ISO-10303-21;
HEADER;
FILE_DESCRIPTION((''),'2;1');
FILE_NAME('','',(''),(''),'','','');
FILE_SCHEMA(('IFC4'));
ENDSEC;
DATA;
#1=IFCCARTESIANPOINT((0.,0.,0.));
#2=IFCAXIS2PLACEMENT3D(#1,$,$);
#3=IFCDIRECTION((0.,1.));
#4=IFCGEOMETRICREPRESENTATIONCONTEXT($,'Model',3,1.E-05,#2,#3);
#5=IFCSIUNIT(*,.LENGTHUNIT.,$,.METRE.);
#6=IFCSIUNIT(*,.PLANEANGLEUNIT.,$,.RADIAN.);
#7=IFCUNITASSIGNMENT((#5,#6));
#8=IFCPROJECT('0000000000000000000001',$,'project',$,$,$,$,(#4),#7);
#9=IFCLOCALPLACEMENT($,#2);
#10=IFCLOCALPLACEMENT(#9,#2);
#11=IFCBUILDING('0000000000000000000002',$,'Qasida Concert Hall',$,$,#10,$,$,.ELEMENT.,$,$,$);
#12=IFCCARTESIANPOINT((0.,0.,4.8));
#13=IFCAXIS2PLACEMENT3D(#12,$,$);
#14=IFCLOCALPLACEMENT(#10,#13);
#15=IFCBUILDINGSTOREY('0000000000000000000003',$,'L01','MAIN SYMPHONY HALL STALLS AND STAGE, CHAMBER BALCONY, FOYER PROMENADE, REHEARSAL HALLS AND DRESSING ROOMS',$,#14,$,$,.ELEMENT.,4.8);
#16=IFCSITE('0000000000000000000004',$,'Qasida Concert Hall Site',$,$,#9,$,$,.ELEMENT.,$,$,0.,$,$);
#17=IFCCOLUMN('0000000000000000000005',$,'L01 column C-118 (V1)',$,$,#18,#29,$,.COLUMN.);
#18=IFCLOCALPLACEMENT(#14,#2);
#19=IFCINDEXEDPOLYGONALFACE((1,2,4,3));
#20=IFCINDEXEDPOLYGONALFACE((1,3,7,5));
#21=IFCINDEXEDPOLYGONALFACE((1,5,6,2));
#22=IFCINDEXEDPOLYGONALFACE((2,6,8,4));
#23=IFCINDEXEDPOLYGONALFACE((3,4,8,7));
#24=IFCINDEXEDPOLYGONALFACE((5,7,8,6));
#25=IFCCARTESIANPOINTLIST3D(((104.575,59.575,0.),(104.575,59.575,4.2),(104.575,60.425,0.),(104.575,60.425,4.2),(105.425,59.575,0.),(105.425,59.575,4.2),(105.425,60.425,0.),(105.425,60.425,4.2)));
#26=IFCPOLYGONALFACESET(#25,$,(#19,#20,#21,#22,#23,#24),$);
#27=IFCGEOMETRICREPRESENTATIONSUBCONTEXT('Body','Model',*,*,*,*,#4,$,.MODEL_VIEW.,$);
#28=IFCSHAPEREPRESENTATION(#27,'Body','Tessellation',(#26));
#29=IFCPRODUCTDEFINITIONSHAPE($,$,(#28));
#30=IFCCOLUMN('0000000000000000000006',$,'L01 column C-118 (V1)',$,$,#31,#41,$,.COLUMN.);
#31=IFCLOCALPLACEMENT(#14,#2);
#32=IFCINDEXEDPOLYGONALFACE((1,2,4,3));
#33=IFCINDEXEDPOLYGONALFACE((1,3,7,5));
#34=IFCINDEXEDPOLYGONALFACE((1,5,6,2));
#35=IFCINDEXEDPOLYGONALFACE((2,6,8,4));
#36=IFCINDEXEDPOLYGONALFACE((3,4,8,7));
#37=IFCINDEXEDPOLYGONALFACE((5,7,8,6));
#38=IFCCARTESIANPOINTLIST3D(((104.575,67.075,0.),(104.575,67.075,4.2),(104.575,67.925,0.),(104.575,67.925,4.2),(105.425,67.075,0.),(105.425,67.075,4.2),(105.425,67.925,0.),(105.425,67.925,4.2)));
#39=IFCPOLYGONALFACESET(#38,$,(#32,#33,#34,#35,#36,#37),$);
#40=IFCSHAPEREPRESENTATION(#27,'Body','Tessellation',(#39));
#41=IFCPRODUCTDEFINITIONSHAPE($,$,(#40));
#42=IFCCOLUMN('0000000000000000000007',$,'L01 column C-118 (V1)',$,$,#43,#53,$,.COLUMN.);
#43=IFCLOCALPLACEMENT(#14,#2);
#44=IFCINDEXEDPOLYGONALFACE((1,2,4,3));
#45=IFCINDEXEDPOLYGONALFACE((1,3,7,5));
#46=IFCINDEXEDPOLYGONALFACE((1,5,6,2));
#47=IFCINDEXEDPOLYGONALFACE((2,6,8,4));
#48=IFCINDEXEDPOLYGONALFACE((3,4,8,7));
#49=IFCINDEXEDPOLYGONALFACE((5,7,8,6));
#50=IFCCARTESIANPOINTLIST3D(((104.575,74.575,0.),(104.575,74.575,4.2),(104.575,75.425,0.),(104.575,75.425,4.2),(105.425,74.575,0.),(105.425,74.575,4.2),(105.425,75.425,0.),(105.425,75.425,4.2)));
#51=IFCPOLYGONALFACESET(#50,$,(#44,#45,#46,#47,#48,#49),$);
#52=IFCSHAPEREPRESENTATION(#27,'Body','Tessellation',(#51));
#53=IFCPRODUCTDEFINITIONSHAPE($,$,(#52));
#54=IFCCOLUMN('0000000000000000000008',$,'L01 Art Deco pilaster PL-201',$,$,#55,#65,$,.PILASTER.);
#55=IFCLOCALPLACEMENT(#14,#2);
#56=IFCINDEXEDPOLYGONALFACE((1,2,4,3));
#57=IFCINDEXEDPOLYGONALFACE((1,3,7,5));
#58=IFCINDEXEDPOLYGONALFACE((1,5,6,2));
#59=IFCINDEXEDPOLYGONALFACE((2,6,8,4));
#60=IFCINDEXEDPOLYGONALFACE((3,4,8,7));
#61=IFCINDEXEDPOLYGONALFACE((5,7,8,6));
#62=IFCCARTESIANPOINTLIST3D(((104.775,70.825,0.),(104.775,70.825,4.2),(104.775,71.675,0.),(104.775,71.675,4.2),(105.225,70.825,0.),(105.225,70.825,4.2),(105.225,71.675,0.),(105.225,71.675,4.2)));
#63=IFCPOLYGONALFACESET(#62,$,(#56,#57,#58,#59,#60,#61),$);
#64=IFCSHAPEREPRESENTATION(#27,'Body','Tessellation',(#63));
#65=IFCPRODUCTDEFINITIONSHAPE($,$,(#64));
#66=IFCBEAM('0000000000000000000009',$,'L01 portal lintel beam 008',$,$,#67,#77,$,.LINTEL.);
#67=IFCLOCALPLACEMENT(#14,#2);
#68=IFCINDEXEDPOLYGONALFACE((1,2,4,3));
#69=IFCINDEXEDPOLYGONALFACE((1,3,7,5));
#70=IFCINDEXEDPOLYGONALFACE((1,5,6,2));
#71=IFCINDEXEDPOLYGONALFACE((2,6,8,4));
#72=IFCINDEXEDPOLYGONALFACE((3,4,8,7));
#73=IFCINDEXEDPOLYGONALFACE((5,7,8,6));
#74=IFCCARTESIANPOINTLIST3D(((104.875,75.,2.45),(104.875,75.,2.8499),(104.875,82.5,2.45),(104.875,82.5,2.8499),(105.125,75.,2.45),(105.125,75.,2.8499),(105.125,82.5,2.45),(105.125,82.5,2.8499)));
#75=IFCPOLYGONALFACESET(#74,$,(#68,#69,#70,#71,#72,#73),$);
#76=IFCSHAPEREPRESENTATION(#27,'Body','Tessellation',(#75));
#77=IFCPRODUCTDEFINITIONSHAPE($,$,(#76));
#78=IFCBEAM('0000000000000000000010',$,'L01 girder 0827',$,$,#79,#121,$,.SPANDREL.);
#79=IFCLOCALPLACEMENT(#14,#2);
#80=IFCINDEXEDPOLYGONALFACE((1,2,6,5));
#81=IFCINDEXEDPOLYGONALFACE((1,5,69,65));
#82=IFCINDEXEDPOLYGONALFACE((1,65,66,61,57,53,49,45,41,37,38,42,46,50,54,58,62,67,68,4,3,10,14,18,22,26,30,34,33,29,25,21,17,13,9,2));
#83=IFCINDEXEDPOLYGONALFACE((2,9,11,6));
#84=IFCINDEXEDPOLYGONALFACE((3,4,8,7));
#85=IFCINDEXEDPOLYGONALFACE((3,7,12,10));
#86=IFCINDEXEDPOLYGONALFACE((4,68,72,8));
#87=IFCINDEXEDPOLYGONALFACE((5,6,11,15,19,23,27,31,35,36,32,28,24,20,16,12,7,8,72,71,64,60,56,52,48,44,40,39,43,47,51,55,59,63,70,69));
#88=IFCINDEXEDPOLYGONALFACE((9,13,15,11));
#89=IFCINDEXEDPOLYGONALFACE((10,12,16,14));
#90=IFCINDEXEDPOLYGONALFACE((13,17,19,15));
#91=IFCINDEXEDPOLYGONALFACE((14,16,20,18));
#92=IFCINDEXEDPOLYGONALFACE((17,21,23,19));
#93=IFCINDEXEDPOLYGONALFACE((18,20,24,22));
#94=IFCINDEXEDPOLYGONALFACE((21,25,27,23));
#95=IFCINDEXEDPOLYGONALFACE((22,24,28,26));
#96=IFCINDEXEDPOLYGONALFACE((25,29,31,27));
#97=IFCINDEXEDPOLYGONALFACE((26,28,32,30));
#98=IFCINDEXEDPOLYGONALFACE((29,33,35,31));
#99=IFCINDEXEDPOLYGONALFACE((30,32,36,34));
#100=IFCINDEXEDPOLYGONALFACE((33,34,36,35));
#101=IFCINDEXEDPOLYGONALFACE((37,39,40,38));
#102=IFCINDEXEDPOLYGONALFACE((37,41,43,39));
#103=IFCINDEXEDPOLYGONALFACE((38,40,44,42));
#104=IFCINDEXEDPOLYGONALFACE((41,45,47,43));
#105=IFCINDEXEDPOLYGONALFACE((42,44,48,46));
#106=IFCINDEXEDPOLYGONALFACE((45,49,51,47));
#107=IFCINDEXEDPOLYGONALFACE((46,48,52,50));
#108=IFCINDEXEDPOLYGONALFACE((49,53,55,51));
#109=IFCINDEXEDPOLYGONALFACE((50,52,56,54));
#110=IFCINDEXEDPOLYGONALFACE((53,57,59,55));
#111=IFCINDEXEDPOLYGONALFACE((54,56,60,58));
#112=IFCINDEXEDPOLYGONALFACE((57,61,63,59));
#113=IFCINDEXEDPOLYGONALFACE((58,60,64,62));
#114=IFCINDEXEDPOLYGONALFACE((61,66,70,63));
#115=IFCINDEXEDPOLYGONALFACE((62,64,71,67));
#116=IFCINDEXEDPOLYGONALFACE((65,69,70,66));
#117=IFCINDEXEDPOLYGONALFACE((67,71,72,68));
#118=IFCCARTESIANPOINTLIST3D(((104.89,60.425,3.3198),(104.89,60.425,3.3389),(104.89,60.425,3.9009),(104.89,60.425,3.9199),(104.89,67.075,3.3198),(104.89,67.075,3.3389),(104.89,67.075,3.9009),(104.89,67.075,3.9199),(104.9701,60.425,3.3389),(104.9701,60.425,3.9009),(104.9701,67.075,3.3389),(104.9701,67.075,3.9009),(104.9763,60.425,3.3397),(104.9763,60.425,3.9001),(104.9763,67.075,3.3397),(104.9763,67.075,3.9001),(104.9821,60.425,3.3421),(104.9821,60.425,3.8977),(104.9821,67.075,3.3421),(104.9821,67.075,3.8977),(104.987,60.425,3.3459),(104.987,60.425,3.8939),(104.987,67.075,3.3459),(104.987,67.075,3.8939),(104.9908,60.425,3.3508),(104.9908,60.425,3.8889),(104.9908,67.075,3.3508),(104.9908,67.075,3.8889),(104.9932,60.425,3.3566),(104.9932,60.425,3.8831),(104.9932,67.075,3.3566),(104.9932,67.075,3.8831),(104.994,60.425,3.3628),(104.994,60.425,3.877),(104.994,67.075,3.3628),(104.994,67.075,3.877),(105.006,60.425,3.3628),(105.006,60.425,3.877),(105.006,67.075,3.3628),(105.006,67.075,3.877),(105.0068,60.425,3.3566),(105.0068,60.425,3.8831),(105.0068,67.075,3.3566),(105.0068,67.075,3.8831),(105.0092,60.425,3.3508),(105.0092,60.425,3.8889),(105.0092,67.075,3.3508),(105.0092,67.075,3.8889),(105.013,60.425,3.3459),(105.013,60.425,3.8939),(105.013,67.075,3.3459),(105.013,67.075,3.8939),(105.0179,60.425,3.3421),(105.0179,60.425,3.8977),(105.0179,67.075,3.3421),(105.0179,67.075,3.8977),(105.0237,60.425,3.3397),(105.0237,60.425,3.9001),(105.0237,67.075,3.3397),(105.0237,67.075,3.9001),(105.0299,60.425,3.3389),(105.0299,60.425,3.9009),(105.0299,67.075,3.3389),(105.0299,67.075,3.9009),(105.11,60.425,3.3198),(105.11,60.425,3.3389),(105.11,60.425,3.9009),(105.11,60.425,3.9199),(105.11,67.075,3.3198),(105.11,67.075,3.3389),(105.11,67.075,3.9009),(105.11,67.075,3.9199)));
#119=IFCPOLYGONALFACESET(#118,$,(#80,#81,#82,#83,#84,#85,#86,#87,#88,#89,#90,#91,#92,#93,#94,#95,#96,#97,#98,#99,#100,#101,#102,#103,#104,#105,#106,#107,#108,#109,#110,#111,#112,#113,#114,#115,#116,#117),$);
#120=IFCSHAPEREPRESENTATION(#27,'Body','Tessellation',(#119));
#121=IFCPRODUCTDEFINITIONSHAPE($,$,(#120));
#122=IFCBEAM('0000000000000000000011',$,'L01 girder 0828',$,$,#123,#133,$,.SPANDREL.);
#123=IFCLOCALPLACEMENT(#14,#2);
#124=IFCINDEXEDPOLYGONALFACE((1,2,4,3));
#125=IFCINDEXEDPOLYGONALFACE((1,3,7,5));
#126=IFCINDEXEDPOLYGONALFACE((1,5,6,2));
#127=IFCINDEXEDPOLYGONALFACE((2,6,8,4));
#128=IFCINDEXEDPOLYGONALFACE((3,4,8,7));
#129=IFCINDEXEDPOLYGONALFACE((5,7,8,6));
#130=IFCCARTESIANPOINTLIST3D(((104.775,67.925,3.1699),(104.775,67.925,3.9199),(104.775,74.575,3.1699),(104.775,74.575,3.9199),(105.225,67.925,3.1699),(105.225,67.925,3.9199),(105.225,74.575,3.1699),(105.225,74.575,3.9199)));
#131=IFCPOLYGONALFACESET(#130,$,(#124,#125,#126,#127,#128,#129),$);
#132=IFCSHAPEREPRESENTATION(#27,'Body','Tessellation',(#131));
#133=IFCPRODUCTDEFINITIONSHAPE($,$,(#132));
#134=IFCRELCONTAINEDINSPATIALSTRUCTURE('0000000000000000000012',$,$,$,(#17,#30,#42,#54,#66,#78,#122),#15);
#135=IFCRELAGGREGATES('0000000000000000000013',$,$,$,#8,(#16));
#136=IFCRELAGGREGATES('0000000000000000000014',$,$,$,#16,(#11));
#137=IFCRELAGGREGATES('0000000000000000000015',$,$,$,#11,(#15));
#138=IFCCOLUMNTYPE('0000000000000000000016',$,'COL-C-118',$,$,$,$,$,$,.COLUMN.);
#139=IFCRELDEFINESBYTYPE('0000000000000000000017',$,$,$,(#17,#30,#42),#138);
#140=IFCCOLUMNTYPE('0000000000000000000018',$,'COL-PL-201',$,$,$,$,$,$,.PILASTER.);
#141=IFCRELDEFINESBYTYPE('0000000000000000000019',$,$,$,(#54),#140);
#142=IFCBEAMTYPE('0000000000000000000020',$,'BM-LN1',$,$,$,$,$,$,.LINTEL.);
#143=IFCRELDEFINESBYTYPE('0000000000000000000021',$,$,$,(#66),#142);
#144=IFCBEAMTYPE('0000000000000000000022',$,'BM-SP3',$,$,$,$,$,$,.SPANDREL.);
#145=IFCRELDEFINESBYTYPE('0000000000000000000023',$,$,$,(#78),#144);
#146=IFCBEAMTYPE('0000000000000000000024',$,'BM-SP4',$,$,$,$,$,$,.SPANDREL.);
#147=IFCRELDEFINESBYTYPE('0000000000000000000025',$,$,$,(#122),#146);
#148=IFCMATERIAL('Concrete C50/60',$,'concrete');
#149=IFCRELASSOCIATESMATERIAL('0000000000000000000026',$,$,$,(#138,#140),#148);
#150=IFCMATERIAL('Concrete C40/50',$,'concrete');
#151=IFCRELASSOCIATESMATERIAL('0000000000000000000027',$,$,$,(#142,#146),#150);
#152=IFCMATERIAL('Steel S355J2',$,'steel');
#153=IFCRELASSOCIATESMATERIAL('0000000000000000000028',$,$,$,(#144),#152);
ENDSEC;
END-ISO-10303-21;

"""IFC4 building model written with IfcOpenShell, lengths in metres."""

from ifc_helpers import new_model, si_unit, direction, frame, origin, origin_2d, place, context, subcontext, project, spatial, rectangle, i_section, extrude, material, material_profile, profile_set, type_object, element, save


model = new_model("IFC4")

# Units and contexts
model_context = context("Model", 3, precision=1e-05, world=origin(), true_north=direction((0.0, 1.0)))
body_context = subcontext(model_context, "Body", "Model", "MODEL_VIEW")
ifc_project = project(units=[si_unit("LENGTHUNIT", "METRE"), si_unit("PLANEANGLEUNIT", "RADIAN")], contexts=[model_context])

# Site, building, storey
site_placement = place(None, origin())
site = spatial("IfcSite", under=ifc_project, at=site_placement, Name="Qasida Concert Hall Site", CompositionType="ELEMENT", RefElevation=0.0)
building_placement = place(site_placement, origin())
building = spatial("IfcBuilding", under=site, at=building_placement, Name="Qasida Concert Hall", CompositionType="ELEMENT")
storey_placement = place(building_placement, frame((0.0, 0.0, 4.8)))
storey = spatial("IfcBuildingStorey", under=building, at=storey_placement, Name="L01", Description="MAIN SYMPHONY HALL STALLS AND STAGE, CHAMBER BALCONY, FOYER PROMENADE, REHEARSAL HALLS AND DRESSING ROOMS", CompositionType="ELEMENT", Elevation=4.8)

# Columns
ifc_material_1 = material(Name="Concrete C50/60", Category="concrete")
ifc_material_profile_1 = material_profile(ifc_material_1, rectangle(XDim=0.8501, YDim=0.8501, at=origin_2d()), Name="RC 850x850")
ifc_profile_set_1 = profile_set([ifc_material_profile_1], Name="Concrete C50/60")
column_type_1 = type_object("IfcColumnType", Name="COL-C-118", PredefinedType="COLUMN", material=ifc_profile_set_1)
for number, where, z_axis, x_axis, name in (
    (1, (105.0, 60.0, 0.0), (0.0, 0.0, 1.0), (1.0, 0.0, 0.0), "L01 column C-118 (V1)"),
    (2, (105.0, 67.5, 0.0), (0.0, 0.0, 1.0), (1.0, 0.0, 0.0), "L01 column C-118 (V1)"),
    (3, (105.0, 75.0, 0.0), (0.0, 0.0, 1.0), (1.0, 0.0, 0.0), "L01 column C-118 (V1)"),
):
    element("IfcColumn", number, at=place(storey_placement, frame(where, z_axis=z_axis, x_axis=x_axis)), inside=storey, type_object=column_type_1, Name=name, PredefinedType="COLUMN", context=body_context, shape_type="SweptSolid", body=[
        extrude(rectangle(XDim=0.8501, YDim=0.8501, at=origin_2d()), origin(), (0.0, 0.0, 1.0), 4.2),
    ])
ifc_material_profile_2 = material_profile(ifc_material_1, rectangle(XDim=0.45, YDim=0.8501, at=origin_2d()), Name="RC 450x850")
ifc_profile_set_2 = profile_set([ifc_material_profile_2], Name="Concrete C50/60")
column_type_2 = type_object("IfcColumnType", Name="COL-PL-201", PredefinedType="PILASTER", material=ifc_profile_set_2)
column_placement = place(storey_placement, frame((105.0, 71.25, 0.0), z_axis=(0.0, 0.0, 1.0), x_axis=(1.0, 0.0, 0.0)))
element("IfcColumn", 4, at=column_placement, inside=storey, type_object=column_type_2, Name="L01 Art Deco pilaster PL-201", PredefinedType="PILASTER", context=body_context, shape_type="SweptSolid", body=[
    extrude(rectangle(XDim=0.45, YDim=0.8501, at=origin_2d()), origin(), (0.0, 0.0, 1.0), 4.2),
])

# Beams
ifc_material_2 = material(Name="Concrete C40/50", Category="concrete")
ifc_material_profile_3 = material_profile(ifc_material_2, rectangle(XDim=0.25, YDim=0.3999, at=origin_2d()), Name="RC 250x400")
ifc_profile_set_3 = profile_set([ifc_material_profile_3], Name="Concrete C40/50")
beam_type_1 = type_object("IfcBeamType", Name="BM-LN1", PredefinedType="LINTEL", material=ifc_profile_set_3)
beam_1_placement = place(storey_placement, frame((105.0, 75.0, 2.6499), z_axis=(0.0, 1.0, 0.0), x_axis=(-1.0, 0.0, 0.0)))
element("IfcBeam", 5, at=beam_1_placement, inside=storey, type_object=beam_type_1, Name="L01 portal lintel beam 008", PredefinedType="LINTEL", context=body_context, shape_type="SweptSolid", body=[
    extrude(rectangle(XDim=0.25, YDim=0.3999, at=origin_2d()), origin(), (0.0, 0.0, 1.0), 7.5),
])
ifc_material_3 = material(Name="Steel S355J2", Category="steel")
ifc_material_profile_4 = material_profile(ifc_material_3, i_section(OverallWidth=0.22, OverallDepth=0.6001, WebThickness=0.012, FlangeThickness=0.019, FilletRadius=0.0239, at=origin_2d()), Name="IPE 600")
ifc_profile_set_4 = profile_set([ifc_material_profile_4], Name="Steel S355J2")
beam_type_2 = type_object("IfcBeamType", Name="BM-SP3", PredefinedType="SPANDREL", material=ifc_profile_set_4)
beam_2_placement = place(storey_placement, frame((105.0, 60.425, 3.6199), z_axis=(0.0, 1.0, 0.0), x_axis=(-1.0, 0.0, 0.0)))
element("IfcBeam", 6, at=beam_2_placement, inside=storey, type_object=beam_type_2, Name="L01 girder 0827", PredefinedType="SPANDREL", context=body_context, shape_type="SweptSolid", body=[
    extrude(i_section(OverallWidth=0.22, OverallDepth=0.6001, WebThickness=0.012, FlangeThickness=0.019, FilletRadius=0.0239, at=origin_2d()), origin(), (0.0, 0.0, 1.0), 6.6499),
])
ifc_material_profile_5 = material_profile(ifc_material_2, rectangle(XDim=0.45, YDim=0.75, at=origin_2d()), Name="RC 450x750")
ifc_profile_set_5 = profile_set([ifc_material_profile_5], Name="Concrete C40/50")
beam_type_3 = type_object("IfcBeamType", Name="BM-SP4", PredefinedType="SPANDREL", material=ifc_profile_set_5)
beam_3_placement = place(storey_placement, frame((105.0, 67.925, 3.5449), z_axis=(0.0, 1.0, 0.0), x_axis=(-1.0, 0.0, 0.0)))
element("IfcBeam", 7, at=beam_3_placement, inside=storey, type_object=beam_type_3, Name="L01 girder 0828", PredefinedType="SPANDREL", context=body_context, shape_type="SweptSolid", body=[
    extrude(rectangle(XDim=0.45, YDim=0.75, at=origin_2d()), origin(), (0.0, 0.0, 1.0), 6.6499),
])

save(model, "model.ifc")
